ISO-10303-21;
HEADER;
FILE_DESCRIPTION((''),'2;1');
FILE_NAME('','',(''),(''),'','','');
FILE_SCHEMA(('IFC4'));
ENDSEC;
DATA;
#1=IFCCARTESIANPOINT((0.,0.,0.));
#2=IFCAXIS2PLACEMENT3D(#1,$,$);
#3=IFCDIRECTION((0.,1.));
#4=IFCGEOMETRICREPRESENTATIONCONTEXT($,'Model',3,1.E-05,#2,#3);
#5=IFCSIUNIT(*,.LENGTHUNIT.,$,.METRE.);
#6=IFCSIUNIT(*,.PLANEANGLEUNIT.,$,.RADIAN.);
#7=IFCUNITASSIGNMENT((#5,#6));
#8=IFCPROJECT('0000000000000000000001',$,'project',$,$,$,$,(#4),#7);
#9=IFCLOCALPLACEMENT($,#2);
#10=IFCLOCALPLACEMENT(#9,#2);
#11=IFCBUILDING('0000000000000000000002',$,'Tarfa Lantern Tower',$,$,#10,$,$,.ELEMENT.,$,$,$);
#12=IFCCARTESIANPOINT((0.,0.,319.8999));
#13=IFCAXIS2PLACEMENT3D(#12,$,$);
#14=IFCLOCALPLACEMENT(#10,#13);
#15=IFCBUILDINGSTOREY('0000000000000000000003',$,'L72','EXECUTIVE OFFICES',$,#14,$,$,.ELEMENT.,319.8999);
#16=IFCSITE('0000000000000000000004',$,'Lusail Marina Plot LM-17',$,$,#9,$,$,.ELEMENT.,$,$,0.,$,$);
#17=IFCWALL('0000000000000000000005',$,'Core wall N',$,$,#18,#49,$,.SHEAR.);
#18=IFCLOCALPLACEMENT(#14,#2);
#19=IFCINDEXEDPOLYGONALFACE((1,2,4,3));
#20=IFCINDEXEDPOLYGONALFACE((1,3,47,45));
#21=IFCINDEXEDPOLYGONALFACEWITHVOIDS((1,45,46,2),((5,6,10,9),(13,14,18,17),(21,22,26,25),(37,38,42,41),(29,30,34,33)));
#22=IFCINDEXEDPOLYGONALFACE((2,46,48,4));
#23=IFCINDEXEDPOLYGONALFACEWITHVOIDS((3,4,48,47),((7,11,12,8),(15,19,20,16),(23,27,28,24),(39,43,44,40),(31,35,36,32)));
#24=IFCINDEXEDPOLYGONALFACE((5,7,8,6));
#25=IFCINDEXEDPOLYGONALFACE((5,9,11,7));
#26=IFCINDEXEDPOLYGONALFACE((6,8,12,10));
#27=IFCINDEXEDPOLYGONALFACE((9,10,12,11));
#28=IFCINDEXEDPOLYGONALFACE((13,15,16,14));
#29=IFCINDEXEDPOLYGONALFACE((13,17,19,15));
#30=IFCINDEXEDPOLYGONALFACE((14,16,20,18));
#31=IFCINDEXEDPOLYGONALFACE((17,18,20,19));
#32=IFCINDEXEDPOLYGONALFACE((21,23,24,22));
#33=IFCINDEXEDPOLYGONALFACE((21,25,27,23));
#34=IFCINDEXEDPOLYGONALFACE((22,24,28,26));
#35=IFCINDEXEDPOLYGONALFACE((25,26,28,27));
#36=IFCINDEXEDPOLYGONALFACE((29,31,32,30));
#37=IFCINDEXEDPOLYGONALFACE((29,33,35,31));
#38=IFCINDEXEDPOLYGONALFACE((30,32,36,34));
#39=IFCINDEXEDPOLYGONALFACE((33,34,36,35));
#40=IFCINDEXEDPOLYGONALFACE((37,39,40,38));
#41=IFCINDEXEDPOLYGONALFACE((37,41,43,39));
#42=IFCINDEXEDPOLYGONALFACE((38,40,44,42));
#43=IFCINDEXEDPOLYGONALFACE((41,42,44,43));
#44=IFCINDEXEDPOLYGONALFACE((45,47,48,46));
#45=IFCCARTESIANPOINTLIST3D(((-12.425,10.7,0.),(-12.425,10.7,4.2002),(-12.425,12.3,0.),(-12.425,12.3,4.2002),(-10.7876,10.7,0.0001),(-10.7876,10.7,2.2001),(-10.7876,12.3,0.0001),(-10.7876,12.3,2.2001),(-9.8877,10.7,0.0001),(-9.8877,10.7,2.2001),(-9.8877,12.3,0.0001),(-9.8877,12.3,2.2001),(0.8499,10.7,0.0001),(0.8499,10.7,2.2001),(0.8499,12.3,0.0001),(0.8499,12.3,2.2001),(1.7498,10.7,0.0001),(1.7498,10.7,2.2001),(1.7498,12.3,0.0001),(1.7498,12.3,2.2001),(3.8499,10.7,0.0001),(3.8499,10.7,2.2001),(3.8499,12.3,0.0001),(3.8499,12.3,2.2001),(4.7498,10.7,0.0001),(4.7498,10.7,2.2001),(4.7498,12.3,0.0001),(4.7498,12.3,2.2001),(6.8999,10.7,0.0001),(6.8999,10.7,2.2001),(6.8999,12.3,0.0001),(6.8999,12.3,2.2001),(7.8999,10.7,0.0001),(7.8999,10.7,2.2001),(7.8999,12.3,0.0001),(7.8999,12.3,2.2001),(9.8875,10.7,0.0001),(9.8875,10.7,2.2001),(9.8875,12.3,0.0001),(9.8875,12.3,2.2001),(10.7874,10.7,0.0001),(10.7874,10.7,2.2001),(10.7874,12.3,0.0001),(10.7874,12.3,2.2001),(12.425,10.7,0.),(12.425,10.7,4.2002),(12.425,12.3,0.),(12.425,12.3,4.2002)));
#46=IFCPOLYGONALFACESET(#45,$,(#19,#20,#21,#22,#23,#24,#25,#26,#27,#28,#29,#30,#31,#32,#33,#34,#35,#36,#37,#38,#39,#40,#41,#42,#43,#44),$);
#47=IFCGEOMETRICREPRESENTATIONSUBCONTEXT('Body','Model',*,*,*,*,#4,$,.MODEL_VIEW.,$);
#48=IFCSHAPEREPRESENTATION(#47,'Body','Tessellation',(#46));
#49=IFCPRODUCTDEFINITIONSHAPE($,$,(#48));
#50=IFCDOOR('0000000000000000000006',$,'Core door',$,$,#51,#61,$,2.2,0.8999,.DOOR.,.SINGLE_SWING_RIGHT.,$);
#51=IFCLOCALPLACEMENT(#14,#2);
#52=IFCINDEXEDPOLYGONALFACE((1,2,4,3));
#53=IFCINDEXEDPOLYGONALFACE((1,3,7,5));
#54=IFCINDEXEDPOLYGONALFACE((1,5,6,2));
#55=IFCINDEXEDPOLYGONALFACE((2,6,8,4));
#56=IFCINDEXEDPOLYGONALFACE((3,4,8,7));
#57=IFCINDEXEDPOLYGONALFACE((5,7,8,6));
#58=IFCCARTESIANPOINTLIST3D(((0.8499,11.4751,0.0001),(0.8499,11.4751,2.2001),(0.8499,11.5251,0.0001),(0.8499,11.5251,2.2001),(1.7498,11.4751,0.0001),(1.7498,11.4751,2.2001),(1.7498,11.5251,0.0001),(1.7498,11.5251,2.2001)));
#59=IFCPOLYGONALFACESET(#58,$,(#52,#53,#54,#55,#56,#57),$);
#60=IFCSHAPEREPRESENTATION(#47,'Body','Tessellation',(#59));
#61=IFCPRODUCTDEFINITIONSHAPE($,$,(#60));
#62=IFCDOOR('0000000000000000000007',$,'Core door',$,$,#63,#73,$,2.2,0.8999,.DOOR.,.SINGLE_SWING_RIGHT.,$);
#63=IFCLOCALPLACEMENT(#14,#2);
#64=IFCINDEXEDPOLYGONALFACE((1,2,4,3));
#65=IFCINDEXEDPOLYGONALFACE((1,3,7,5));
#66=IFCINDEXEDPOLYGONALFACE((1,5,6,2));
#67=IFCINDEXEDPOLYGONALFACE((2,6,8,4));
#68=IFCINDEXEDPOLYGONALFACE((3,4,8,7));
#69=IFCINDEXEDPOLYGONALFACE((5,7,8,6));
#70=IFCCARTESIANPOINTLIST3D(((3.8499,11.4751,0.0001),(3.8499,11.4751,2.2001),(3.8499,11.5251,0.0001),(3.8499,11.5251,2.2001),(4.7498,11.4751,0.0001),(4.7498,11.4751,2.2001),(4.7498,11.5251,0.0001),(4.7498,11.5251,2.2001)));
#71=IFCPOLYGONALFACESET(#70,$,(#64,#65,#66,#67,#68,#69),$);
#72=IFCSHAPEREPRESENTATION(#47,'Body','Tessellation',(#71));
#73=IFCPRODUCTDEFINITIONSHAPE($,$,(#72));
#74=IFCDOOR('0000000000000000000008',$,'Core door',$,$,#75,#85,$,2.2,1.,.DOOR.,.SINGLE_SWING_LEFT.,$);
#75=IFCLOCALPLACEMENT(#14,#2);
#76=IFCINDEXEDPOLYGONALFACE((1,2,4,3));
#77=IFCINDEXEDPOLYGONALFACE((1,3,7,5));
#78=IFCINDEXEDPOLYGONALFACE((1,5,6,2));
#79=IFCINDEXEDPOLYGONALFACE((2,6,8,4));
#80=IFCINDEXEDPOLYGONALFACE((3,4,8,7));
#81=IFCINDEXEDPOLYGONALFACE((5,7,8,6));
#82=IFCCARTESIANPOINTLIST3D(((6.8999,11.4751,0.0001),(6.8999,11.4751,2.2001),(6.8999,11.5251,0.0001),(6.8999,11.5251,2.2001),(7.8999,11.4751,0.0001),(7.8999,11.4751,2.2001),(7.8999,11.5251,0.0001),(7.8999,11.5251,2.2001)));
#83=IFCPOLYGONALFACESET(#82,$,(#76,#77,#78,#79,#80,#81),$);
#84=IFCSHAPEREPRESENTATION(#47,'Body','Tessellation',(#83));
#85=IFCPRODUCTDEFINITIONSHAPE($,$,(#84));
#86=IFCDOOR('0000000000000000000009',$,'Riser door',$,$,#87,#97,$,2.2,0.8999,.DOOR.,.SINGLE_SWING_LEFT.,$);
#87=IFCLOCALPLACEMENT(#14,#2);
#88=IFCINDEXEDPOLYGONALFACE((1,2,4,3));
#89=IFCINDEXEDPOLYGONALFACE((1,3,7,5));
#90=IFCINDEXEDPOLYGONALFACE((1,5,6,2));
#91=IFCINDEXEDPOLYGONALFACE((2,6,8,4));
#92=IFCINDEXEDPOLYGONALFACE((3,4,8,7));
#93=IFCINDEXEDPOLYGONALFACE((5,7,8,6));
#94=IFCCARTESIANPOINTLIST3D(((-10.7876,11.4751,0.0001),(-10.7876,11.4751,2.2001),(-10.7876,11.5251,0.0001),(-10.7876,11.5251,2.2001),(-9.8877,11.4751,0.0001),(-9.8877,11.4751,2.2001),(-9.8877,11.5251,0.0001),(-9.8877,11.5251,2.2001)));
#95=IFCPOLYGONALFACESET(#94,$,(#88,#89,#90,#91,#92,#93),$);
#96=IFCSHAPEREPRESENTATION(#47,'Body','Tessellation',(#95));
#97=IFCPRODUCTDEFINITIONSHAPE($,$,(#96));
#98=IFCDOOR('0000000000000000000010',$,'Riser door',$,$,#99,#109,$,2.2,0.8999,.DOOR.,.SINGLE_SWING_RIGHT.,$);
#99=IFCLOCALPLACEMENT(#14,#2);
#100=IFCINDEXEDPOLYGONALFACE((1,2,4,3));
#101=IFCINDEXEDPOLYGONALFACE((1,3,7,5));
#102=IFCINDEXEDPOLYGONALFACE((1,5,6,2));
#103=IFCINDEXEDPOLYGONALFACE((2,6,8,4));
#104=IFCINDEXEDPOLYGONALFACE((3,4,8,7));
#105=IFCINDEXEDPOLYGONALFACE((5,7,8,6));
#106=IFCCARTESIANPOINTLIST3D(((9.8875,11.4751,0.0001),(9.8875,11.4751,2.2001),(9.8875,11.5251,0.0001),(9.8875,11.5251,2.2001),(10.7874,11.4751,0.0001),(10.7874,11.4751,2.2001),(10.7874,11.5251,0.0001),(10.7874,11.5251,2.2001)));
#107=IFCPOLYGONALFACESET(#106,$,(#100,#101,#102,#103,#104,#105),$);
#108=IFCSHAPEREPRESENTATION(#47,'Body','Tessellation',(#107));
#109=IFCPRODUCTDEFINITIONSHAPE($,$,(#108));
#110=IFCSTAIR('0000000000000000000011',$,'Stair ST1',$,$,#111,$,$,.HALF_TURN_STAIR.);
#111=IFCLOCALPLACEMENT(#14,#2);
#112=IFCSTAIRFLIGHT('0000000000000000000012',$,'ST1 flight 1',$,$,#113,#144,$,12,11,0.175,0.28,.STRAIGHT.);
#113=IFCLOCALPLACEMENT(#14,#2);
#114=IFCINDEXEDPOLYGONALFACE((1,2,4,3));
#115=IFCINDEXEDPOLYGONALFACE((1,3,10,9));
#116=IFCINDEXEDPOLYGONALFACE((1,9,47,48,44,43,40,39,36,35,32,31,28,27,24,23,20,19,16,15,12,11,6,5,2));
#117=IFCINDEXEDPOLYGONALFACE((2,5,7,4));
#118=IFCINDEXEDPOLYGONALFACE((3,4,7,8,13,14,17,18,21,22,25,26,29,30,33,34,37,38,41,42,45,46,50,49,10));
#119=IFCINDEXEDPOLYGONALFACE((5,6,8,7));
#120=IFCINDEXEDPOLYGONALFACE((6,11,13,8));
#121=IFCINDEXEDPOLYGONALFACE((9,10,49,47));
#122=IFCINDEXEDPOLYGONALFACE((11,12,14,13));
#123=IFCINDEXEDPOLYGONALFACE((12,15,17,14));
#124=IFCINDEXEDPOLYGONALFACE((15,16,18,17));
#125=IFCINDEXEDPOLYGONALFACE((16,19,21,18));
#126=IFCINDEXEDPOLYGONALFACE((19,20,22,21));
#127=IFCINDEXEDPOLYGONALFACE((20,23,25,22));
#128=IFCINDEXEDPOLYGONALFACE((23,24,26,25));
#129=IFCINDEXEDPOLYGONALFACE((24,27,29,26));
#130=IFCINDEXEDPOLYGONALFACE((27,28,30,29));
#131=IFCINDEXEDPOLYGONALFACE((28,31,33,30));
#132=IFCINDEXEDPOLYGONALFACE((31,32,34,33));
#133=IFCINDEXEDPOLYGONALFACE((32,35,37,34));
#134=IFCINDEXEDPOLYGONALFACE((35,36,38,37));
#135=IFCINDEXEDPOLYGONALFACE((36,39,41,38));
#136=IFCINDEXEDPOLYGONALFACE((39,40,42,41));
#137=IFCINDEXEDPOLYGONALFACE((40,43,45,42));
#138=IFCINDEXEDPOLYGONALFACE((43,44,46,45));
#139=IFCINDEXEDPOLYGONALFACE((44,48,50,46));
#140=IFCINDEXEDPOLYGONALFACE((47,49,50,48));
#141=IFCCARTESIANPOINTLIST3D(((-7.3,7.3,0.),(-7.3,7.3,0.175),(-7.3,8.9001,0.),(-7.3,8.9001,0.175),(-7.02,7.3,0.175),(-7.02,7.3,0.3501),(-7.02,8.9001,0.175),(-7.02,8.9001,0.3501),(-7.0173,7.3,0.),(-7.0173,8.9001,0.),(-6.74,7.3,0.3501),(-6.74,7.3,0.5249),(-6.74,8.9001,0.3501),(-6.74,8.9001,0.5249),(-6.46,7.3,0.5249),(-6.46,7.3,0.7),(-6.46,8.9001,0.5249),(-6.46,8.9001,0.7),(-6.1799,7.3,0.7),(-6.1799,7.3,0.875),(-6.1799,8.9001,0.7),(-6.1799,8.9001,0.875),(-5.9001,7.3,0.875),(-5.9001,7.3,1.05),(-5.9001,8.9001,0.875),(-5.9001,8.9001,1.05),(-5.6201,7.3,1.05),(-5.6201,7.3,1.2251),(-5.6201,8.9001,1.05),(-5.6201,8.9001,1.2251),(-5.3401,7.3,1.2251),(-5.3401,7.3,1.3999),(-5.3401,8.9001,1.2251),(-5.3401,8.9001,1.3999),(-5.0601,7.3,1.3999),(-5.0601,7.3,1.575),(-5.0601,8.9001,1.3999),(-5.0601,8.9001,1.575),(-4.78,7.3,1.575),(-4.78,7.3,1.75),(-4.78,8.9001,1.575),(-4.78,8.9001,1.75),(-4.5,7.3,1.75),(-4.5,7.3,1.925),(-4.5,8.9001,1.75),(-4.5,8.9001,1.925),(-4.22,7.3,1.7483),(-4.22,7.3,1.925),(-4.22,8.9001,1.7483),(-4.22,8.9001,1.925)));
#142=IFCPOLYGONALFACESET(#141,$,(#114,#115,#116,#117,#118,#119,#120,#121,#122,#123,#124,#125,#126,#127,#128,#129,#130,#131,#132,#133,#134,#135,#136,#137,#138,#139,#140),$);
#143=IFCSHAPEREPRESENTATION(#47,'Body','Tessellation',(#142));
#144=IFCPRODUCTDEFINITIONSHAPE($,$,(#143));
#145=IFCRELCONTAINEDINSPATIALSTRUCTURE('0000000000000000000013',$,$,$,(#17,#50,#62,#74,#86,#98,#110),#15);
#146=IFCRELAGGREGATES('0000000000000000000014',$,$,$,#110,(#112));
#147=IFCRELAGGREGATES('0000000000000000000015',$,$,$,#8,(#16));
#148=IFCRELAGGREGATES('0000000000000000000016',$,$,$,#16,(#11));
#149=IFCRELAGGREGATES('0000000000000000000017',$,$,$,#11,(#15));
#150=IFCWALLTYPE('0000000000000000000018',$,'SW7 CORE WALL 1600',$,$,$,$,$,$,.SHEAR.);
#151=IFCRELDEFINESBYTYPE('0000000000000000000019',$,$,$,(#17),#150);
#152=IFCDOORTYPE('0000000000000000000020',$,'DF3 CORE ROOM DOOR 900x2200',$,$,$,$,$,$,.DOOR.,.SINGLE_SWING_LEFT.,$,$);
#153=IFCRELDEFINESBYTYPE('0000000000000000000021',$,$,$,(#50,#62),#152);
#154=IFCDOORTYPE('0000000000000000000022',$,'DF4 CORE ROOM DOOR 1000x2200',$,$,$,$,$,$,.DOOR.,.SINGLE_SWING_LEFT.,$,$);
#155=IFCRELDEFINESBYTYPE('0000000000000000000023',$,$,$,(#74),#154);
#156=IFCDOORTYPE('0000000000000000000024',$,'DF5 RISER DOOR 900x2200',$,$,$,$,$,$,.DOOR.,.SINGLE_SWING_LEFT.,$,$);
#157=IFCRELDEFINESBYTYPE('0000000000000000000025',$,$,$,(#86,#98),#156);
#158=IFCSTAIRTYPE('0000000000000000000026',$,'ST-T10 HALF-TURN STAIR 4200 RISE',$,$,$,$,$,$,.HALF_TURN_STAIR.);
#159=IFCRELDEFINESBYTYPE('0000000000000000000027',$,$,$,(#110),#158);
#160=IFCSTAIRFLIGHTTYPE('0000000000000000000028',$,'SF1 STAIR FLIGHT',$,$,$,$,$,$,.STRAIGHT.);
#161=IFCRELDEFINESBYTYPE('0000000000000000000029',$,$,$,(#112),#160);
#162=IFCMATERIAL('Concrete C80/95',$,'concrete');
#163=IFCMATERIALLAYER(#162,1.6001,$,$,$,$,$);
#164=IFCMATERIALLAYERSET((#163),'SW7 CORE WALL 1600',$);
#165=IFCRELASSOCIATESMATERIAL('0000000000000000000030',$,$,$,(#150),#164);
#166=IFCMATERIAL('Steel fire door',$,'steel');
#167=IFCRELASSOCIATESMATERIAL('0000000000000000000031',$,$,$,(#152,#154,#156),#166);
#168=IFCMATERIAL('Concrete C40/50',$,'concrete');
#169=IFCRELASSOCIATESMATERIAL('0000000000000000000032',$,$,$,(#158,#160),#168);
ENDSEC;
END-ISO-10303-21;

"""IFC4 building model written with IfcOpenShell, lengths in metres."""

from ifc_helpers import new_model, si_unit, direction, frame, frame_2d, origin, place, context, subcontext, project, spatial, polyline, rectangle, outline, extrude, material, layer, layer_set, type_object, element, fill, aggregate, save


model = new_model("IFC4")

# Units and contexts
model_context = context("Model", 3, precision=1e-05, world=origin(), true_north=direction((0.0, 1.0)))
body_context = subcontext(model_context, "Body", "Model", "MODEL_VIEW")
ifc_project = project(units=[si_unit("LENGTHUNIT", "METRE"), si_unit("PLANEANGLEUNIT", "RADIAN")], contexts=[model_context])

# Site, building, storey
site_placement = place(None, origin())
site = spatial("IfcSite", under=ifc_project, at=site_placement, Name="Lusail Marina Plot LM-17", CompositionType="ELEMENT", RefElevation=0.0)
building_placement = place(site_placement, origin())
building = spatial("IfcBuilding", under=site, at=building_placement, Name="Tarfa Lantern Tower", CompositionType="ELEMENT")
storey_placement = place(building_placement, frame((0.0, 0.0, 319.8999)))
storey = spatial("IfcBuildingStorey", under=building, at=storey_placement, Name="L72", Description="EXECUTIVE OFFICES", CompositionType="ELEMENT", Elevation=319.8999)

# Shared definitions
ifc_material_1 = material(Name="Concrete C80/95", Category="concrete")
ifc_material_2 = material(Name="Steel fire door", Category="steel")

# Wall, openings, doors
ifc_layer_1 = layer(ifc_material_1, 1.6001)
ifc_layer_set_1 = layer_set([ifc_layer_1], Name="SW7 CORE WALL 1600")
wall_type_1 = type_object("IfcWallType", Name="SW7 CORE WALL 1600", PredefinedType="SHEAR", material=ifc_layer_set_1)
wall_1_placement = place(storey_placement, frame((-12.425, 11.5, 0.0), z_axis=(0.0, 0.0, 1.0), x_axis=(1.0, 0.0, 0.0)))
wall_1 = element("IfcWall", 1, at=wall_1_placement, inside=storey, type_object=wall_type_1, Name="Core wall N", PredefinedType="SHEAR", context=body_context, shape_type="SweptSolid", body=[
    extrude(rectangle(XDim=24.8501, YDim=1.6001, at=frame_2d((12.425, 0.0))), origin(), (0.0, 0.0, 1.0), 4.2002),
])
opening_1_placement = place(wall_1_placement, frame((13.2749, 0.0, 0.0)))
opening_1 = element("IfcOpeningElement", 2, at=opening_1_placement, cuts=wall_1, PredefinedType="OPENING", context=body_context, shape_type="SweptSolid", body=[
    extrude(rectangle(XDim=0.8999, YDim=2.2, at=frame_2d((0.45, 1.1001))), frame((0.0, 0.8101, 0.0), z_axis=(0.0, -1.0, 0.0), x_axis=(1.0, 0.0, 0.0)), (0.0, 0.0, 1.0), 1.6201),
])
opening_2_placement = place(wall_1_placement, frame((16.2749, 0.0, 0.0)))
opening_2 = element("IfcOpeningElement", 3, at=opening_2_placement, cuts=wall_1, PredefinedType="OPENING", context=body_context, shape_type="SweptSolid", body=[
    extrude(rectangle(XDim=0.8999, YDim=2.2, at=frame_2d((0.45, 1.1001))), frame((0.0, 0.8101, 0.0), z_axis=(0.0, -1.0, 0.0), x_axis=(1.0, 0.0, 0.0)), (0.0, 0.0, 1.0), 1.6201),
])
opening_3_placement = place(wall_1_placement, frame((19.325, 0.0, 0.0)))
opening_3 = element("IfcOpeningElement", 4, at=opening_3_placement, cuts=wall_1, PredefinedType="OPENING", context=body_context, shape_type="SweptSolid", body=[
    extrude(rectangle(XDim=1.0, YDim=2.2, at=frame_2d((0.5, 1.1001))), frame((0.0, 0.8101, 0.0), z_axis=(0.0, -1.0, 0.0), x_axis=(1.0, 0.0, 0.0)), (0.0, 0.0, 1.0), 1.6201),
])
opening_4_placement = place(wall_1_placement, frame((1.6375, 0.0, 0.0)))
opening_4 = element("IfcOpeningElement", 5, at=opening_4_placement, cuts=wall_1, PredefinedType="OPENING", context=body_context, shape_type="SweptSolid", body=[
    extrude(rectangle(XDim=0.8999, YDim=2.2, at=frame_2d((0.45, 1.1001))), frame((0.0, 0.8101, 0.0), z_axis=(0.0, -1.0, 0.0), x_axis=(1.0, 0.0, 0.0)), (0.0, 0.0, 1.0), 1.6201),
])
opening_5_placement = place(wall_1_placement, frame((22.3125, 0.0, 0.0)))
opening_5 = element("IfcOpeningElement", 6, at=opening_5_placement, cuts=wall_1, PredefinedType="OPENING", context=body_context, shape_type="SweptSolid", body=[
    extrude(rectangle(XDim=0.8999, YDim=2.2, at=frame_2d((0.45, 1.1001))), frame((0.0, 0.8101, 0.0), z_axis=(0.0, -1.0, 0.0), x_axis=(1.0, 0.0, 0.0)), (0.0, 0.0, 1.0), 1.6201),
])
door_type_1 = type_object("IfcDoorType", Name="DF3 CORE ROOM DOOR 900x2200", OperationType="SINGLE_SWING_LEFT", PredefinedType="DOOR", material=ifc_material_2)
door_1_placement = place(opening_1_placement, frame((0.8999, 0.0, 0.0), z_axis=(0.0, 0.0, 1.0), x_axis=(-1.0, 0.0, 0.0)))
door_1 = element("IfcDoor", 7, at=door_1_placement, inside=storey, type_object=door_type_1, Name="Core door", OperationType="SINGLE_SWING_RIGHT", OverallHeight=2.2, OverallWidth=0.8999, PredefinedType="DOOR", context=body_context, shape_type="SweptSolid", body=[
    extrude(rectangle(XDim=0.8999, YDim=2.2, at=frame_2d((0.45, 1.1001))), frame((0.0, 0.0249, 0.0), z_axis=(0.0, -1.0, 0.0), x_axis=(1.0, 0.0, 0.0)), (0.0, 0.0, 1.0), 0.05),
])
fill(opening_1, door_1)
door_2_placement = place(opening_2_placement, frame((0.8999, 0.0, 0.0), z_axis=(0.0, 0.0, 1.0), x_axis=(-1.0, 0.0, 0.0)))
door_2 = element("IfcDoor", 8, at=door_2_placement, inside=storey, type_object=door_type_1, Name="Core door", OperationType="SINGLE_SWING_RIGHT", OverallHeight=2.2, OverallWidth=0.8999, PredefinedType="DOOR", context=body_context, shape_type="SweptSolid", body=[
    extrude(rectangle(XDim=0.8999, YDim=2.2, at=frame_2d((0.45, 1.1001))), frame((0.0, 0.0249, 0.0), z_axis=(0.0, -1.0, 0.0), x_axis=(1.0, 0.0, 0.0)), (0.0, 0.0, 1.0), 0.05),
])
fill(opening_2, door_2)
door_type_2 = type_object("IfcDoorType", Name="DF4 CORE ROOM DOOR 1000x2200", OperationType="SINGLE_SWING_LEFT", PredefinedType="DOOR", material=ifc_material_2)
door_3_placement = place(opening_3_placement, frame((1.0, 0.0, 0.0), z_axis=(0.0, 0.0, 1.0), x_axis=(-1.0, 0.0, 0.0)))
door_3 = element("IfcDoor", 9, at=door_3_placement, inside=storey, type_object=door_type_2, Name="Core door", OperationType="SINGLE_SWING_LEFT", OverallHeight=2.2, OverallWidth=1.0, PredefinedType="DOOR", context=body_context, shape_type="SweptSolid", body=[
    extrude(rectangle(XDim=1.0, YDim=2.2, at=frame_2d((0.5, 1.1001))), frame((0.0, 0.0249, 0.0), z_axis=(0.0, -1.0, 0.0), x_axis=(1.0, 0.0, 0.0)), (0.0, 0.0, 1.0), 0.05),
])
fill(opening_3, door_3)
door_type_3 = type_object("IfcDoorType", Name="DF5 RISER DOOR 900x2200", OperationType="SINGLE_SWING_LEFT", PredefinedType="DOOR", material=ifc_material_2)
door_4_placement = place(opening_4_placement, frame((0.8999, 0.0, 0.0), z_axis=(0.0, 0.0, 1.0), x_axis=(-1.0, 0.0, 0.0)))
door_4 = element("IfcDoor", 10, at=door_4_placement, inside=storey, type_object=door_type_3, Name="Riser door", OperationType="SINGLE_SWING_LEFT", OverallHeight=2.2, OverallWidth=0.8999, PredefinedType="DOOR", context=body_context, shape_type="SweptSolid", body=[
    extrude(rectangle(XDim=0.8999, YDim=2.2, at=frame_2d((0.45, 1.1001))), frame((0.0, 0.0249, 0.0), z_axis=(0.0, -1.0, 0.0), x_axis=(1.0, 0.0, 0.0)), (0.0, 0.0, 1.0), 0.05),
])
fill(opening_4, door_4)
door_5_placement = place(opening_5_placement, frame((0.8999, 0.0, 0.0), z_axis=(0.0, 0.0, 1.0), x_axis=(-1.0, 0.0, 0.0)))
door_5 = element("IfcDoor", 11, at=door_5_placement, inside=storey, type_object=door_type_3, Name="Riser door", OperationType="SINGLE_SWING_RIGHT", OverallHeight=2.2, OverallWidth=0.8999, PredefinedType="DOOR", context=body_context, shape_type="SweptSolid", body=[
    extrude(rectangle(XDim=0.8999, YDim=2.2, at=frame_2d((0.45, 1.1001))), frame((0.0, 0.0249, 0.0), z_axis=(0.0, -1.0, 0.0), x_axis=(1.0, 0.0, 0.0)), (0.0, 0.0, 1.0), 0.05),
])
fill(opening_5, door_5)

# Stair, stair flight
ifc_material_3 = material(Name="Concrete C40/50", Category="concrete")
stair_type = type_object("IfcStairType", Name="ST-T10 HALF-TURN STAIR 4200 RISE", PredefinedType="HALF_TURN_STAIR", material=ifc_material_3)
stair_placement = place(storey_placement, origin())
stair = element("IfcStair", 12, at=stair_placement, inside=storey, type_object=stair_type, Name="Stair ST1", PredefinedType="HALF_TURN_STAIR")
stair_flight_type = type_object("IfcStairFlightType", Name="SF1 STAIR FLIGHT", PredefinedType="STRAIGHT", material=ifc_material_3)
stair_flight_1_placement = place(storey_placement, frame((-7.3, 8.1001, 0.0), z_axis=(0.0, 0.0, 1.0), x_axis=(1.0, 0.0, 0.0)))
stair_flight_1 = element("IfcStairFlight", 13, at=stair_flight_1_placement, type_object=stair_flight_type, Name="ST1 flight 1", NumberOfRisers=12, NumberOfTreads=11, PredefinedType="STRAIGHT", RiserHeight=0.175, TreadLength=0.28, context=body_context, shape_type="SweptSolid", body=[
    extrude(outline(polyline([(0.0, 0.0), (0.0, 0.175), (0.28, 0.175), (0.28, 0.3501), (0.5601, 0.3501), (0.5601, 0.5249), (0.8401, 0.5249), (0.8401, 0.7), (1.1201, 0.7), (1.1201, 0.875), (1.3999, 0.875), (1.3999, 1.05), (1.6799, 1.05), (1.6799, 1.2251), (1.96, 1.2251), (1.96, 1.3999), (2.24, 1.3999), (2.24, 1.575), (2.52, 1.575), (2.52, 1.75), (2.8, 1.75), (2.8, 1.925), (3.0801, 1.925), (3.0801, 2.1001), (3.0801, 1.7483), (0.2827, 0.0), (0.0, 0.0)])), frame((0.0, 0.8, 0.0), z_axis=(0.0, -1.0, 0.0), x_axis=(1.0, 0.0, 0.0)), (0.0, 0.0, 1.0), 1.6001),
])
aggregate(stair, [stair_flight_1])

save(model, "model.ifc")
